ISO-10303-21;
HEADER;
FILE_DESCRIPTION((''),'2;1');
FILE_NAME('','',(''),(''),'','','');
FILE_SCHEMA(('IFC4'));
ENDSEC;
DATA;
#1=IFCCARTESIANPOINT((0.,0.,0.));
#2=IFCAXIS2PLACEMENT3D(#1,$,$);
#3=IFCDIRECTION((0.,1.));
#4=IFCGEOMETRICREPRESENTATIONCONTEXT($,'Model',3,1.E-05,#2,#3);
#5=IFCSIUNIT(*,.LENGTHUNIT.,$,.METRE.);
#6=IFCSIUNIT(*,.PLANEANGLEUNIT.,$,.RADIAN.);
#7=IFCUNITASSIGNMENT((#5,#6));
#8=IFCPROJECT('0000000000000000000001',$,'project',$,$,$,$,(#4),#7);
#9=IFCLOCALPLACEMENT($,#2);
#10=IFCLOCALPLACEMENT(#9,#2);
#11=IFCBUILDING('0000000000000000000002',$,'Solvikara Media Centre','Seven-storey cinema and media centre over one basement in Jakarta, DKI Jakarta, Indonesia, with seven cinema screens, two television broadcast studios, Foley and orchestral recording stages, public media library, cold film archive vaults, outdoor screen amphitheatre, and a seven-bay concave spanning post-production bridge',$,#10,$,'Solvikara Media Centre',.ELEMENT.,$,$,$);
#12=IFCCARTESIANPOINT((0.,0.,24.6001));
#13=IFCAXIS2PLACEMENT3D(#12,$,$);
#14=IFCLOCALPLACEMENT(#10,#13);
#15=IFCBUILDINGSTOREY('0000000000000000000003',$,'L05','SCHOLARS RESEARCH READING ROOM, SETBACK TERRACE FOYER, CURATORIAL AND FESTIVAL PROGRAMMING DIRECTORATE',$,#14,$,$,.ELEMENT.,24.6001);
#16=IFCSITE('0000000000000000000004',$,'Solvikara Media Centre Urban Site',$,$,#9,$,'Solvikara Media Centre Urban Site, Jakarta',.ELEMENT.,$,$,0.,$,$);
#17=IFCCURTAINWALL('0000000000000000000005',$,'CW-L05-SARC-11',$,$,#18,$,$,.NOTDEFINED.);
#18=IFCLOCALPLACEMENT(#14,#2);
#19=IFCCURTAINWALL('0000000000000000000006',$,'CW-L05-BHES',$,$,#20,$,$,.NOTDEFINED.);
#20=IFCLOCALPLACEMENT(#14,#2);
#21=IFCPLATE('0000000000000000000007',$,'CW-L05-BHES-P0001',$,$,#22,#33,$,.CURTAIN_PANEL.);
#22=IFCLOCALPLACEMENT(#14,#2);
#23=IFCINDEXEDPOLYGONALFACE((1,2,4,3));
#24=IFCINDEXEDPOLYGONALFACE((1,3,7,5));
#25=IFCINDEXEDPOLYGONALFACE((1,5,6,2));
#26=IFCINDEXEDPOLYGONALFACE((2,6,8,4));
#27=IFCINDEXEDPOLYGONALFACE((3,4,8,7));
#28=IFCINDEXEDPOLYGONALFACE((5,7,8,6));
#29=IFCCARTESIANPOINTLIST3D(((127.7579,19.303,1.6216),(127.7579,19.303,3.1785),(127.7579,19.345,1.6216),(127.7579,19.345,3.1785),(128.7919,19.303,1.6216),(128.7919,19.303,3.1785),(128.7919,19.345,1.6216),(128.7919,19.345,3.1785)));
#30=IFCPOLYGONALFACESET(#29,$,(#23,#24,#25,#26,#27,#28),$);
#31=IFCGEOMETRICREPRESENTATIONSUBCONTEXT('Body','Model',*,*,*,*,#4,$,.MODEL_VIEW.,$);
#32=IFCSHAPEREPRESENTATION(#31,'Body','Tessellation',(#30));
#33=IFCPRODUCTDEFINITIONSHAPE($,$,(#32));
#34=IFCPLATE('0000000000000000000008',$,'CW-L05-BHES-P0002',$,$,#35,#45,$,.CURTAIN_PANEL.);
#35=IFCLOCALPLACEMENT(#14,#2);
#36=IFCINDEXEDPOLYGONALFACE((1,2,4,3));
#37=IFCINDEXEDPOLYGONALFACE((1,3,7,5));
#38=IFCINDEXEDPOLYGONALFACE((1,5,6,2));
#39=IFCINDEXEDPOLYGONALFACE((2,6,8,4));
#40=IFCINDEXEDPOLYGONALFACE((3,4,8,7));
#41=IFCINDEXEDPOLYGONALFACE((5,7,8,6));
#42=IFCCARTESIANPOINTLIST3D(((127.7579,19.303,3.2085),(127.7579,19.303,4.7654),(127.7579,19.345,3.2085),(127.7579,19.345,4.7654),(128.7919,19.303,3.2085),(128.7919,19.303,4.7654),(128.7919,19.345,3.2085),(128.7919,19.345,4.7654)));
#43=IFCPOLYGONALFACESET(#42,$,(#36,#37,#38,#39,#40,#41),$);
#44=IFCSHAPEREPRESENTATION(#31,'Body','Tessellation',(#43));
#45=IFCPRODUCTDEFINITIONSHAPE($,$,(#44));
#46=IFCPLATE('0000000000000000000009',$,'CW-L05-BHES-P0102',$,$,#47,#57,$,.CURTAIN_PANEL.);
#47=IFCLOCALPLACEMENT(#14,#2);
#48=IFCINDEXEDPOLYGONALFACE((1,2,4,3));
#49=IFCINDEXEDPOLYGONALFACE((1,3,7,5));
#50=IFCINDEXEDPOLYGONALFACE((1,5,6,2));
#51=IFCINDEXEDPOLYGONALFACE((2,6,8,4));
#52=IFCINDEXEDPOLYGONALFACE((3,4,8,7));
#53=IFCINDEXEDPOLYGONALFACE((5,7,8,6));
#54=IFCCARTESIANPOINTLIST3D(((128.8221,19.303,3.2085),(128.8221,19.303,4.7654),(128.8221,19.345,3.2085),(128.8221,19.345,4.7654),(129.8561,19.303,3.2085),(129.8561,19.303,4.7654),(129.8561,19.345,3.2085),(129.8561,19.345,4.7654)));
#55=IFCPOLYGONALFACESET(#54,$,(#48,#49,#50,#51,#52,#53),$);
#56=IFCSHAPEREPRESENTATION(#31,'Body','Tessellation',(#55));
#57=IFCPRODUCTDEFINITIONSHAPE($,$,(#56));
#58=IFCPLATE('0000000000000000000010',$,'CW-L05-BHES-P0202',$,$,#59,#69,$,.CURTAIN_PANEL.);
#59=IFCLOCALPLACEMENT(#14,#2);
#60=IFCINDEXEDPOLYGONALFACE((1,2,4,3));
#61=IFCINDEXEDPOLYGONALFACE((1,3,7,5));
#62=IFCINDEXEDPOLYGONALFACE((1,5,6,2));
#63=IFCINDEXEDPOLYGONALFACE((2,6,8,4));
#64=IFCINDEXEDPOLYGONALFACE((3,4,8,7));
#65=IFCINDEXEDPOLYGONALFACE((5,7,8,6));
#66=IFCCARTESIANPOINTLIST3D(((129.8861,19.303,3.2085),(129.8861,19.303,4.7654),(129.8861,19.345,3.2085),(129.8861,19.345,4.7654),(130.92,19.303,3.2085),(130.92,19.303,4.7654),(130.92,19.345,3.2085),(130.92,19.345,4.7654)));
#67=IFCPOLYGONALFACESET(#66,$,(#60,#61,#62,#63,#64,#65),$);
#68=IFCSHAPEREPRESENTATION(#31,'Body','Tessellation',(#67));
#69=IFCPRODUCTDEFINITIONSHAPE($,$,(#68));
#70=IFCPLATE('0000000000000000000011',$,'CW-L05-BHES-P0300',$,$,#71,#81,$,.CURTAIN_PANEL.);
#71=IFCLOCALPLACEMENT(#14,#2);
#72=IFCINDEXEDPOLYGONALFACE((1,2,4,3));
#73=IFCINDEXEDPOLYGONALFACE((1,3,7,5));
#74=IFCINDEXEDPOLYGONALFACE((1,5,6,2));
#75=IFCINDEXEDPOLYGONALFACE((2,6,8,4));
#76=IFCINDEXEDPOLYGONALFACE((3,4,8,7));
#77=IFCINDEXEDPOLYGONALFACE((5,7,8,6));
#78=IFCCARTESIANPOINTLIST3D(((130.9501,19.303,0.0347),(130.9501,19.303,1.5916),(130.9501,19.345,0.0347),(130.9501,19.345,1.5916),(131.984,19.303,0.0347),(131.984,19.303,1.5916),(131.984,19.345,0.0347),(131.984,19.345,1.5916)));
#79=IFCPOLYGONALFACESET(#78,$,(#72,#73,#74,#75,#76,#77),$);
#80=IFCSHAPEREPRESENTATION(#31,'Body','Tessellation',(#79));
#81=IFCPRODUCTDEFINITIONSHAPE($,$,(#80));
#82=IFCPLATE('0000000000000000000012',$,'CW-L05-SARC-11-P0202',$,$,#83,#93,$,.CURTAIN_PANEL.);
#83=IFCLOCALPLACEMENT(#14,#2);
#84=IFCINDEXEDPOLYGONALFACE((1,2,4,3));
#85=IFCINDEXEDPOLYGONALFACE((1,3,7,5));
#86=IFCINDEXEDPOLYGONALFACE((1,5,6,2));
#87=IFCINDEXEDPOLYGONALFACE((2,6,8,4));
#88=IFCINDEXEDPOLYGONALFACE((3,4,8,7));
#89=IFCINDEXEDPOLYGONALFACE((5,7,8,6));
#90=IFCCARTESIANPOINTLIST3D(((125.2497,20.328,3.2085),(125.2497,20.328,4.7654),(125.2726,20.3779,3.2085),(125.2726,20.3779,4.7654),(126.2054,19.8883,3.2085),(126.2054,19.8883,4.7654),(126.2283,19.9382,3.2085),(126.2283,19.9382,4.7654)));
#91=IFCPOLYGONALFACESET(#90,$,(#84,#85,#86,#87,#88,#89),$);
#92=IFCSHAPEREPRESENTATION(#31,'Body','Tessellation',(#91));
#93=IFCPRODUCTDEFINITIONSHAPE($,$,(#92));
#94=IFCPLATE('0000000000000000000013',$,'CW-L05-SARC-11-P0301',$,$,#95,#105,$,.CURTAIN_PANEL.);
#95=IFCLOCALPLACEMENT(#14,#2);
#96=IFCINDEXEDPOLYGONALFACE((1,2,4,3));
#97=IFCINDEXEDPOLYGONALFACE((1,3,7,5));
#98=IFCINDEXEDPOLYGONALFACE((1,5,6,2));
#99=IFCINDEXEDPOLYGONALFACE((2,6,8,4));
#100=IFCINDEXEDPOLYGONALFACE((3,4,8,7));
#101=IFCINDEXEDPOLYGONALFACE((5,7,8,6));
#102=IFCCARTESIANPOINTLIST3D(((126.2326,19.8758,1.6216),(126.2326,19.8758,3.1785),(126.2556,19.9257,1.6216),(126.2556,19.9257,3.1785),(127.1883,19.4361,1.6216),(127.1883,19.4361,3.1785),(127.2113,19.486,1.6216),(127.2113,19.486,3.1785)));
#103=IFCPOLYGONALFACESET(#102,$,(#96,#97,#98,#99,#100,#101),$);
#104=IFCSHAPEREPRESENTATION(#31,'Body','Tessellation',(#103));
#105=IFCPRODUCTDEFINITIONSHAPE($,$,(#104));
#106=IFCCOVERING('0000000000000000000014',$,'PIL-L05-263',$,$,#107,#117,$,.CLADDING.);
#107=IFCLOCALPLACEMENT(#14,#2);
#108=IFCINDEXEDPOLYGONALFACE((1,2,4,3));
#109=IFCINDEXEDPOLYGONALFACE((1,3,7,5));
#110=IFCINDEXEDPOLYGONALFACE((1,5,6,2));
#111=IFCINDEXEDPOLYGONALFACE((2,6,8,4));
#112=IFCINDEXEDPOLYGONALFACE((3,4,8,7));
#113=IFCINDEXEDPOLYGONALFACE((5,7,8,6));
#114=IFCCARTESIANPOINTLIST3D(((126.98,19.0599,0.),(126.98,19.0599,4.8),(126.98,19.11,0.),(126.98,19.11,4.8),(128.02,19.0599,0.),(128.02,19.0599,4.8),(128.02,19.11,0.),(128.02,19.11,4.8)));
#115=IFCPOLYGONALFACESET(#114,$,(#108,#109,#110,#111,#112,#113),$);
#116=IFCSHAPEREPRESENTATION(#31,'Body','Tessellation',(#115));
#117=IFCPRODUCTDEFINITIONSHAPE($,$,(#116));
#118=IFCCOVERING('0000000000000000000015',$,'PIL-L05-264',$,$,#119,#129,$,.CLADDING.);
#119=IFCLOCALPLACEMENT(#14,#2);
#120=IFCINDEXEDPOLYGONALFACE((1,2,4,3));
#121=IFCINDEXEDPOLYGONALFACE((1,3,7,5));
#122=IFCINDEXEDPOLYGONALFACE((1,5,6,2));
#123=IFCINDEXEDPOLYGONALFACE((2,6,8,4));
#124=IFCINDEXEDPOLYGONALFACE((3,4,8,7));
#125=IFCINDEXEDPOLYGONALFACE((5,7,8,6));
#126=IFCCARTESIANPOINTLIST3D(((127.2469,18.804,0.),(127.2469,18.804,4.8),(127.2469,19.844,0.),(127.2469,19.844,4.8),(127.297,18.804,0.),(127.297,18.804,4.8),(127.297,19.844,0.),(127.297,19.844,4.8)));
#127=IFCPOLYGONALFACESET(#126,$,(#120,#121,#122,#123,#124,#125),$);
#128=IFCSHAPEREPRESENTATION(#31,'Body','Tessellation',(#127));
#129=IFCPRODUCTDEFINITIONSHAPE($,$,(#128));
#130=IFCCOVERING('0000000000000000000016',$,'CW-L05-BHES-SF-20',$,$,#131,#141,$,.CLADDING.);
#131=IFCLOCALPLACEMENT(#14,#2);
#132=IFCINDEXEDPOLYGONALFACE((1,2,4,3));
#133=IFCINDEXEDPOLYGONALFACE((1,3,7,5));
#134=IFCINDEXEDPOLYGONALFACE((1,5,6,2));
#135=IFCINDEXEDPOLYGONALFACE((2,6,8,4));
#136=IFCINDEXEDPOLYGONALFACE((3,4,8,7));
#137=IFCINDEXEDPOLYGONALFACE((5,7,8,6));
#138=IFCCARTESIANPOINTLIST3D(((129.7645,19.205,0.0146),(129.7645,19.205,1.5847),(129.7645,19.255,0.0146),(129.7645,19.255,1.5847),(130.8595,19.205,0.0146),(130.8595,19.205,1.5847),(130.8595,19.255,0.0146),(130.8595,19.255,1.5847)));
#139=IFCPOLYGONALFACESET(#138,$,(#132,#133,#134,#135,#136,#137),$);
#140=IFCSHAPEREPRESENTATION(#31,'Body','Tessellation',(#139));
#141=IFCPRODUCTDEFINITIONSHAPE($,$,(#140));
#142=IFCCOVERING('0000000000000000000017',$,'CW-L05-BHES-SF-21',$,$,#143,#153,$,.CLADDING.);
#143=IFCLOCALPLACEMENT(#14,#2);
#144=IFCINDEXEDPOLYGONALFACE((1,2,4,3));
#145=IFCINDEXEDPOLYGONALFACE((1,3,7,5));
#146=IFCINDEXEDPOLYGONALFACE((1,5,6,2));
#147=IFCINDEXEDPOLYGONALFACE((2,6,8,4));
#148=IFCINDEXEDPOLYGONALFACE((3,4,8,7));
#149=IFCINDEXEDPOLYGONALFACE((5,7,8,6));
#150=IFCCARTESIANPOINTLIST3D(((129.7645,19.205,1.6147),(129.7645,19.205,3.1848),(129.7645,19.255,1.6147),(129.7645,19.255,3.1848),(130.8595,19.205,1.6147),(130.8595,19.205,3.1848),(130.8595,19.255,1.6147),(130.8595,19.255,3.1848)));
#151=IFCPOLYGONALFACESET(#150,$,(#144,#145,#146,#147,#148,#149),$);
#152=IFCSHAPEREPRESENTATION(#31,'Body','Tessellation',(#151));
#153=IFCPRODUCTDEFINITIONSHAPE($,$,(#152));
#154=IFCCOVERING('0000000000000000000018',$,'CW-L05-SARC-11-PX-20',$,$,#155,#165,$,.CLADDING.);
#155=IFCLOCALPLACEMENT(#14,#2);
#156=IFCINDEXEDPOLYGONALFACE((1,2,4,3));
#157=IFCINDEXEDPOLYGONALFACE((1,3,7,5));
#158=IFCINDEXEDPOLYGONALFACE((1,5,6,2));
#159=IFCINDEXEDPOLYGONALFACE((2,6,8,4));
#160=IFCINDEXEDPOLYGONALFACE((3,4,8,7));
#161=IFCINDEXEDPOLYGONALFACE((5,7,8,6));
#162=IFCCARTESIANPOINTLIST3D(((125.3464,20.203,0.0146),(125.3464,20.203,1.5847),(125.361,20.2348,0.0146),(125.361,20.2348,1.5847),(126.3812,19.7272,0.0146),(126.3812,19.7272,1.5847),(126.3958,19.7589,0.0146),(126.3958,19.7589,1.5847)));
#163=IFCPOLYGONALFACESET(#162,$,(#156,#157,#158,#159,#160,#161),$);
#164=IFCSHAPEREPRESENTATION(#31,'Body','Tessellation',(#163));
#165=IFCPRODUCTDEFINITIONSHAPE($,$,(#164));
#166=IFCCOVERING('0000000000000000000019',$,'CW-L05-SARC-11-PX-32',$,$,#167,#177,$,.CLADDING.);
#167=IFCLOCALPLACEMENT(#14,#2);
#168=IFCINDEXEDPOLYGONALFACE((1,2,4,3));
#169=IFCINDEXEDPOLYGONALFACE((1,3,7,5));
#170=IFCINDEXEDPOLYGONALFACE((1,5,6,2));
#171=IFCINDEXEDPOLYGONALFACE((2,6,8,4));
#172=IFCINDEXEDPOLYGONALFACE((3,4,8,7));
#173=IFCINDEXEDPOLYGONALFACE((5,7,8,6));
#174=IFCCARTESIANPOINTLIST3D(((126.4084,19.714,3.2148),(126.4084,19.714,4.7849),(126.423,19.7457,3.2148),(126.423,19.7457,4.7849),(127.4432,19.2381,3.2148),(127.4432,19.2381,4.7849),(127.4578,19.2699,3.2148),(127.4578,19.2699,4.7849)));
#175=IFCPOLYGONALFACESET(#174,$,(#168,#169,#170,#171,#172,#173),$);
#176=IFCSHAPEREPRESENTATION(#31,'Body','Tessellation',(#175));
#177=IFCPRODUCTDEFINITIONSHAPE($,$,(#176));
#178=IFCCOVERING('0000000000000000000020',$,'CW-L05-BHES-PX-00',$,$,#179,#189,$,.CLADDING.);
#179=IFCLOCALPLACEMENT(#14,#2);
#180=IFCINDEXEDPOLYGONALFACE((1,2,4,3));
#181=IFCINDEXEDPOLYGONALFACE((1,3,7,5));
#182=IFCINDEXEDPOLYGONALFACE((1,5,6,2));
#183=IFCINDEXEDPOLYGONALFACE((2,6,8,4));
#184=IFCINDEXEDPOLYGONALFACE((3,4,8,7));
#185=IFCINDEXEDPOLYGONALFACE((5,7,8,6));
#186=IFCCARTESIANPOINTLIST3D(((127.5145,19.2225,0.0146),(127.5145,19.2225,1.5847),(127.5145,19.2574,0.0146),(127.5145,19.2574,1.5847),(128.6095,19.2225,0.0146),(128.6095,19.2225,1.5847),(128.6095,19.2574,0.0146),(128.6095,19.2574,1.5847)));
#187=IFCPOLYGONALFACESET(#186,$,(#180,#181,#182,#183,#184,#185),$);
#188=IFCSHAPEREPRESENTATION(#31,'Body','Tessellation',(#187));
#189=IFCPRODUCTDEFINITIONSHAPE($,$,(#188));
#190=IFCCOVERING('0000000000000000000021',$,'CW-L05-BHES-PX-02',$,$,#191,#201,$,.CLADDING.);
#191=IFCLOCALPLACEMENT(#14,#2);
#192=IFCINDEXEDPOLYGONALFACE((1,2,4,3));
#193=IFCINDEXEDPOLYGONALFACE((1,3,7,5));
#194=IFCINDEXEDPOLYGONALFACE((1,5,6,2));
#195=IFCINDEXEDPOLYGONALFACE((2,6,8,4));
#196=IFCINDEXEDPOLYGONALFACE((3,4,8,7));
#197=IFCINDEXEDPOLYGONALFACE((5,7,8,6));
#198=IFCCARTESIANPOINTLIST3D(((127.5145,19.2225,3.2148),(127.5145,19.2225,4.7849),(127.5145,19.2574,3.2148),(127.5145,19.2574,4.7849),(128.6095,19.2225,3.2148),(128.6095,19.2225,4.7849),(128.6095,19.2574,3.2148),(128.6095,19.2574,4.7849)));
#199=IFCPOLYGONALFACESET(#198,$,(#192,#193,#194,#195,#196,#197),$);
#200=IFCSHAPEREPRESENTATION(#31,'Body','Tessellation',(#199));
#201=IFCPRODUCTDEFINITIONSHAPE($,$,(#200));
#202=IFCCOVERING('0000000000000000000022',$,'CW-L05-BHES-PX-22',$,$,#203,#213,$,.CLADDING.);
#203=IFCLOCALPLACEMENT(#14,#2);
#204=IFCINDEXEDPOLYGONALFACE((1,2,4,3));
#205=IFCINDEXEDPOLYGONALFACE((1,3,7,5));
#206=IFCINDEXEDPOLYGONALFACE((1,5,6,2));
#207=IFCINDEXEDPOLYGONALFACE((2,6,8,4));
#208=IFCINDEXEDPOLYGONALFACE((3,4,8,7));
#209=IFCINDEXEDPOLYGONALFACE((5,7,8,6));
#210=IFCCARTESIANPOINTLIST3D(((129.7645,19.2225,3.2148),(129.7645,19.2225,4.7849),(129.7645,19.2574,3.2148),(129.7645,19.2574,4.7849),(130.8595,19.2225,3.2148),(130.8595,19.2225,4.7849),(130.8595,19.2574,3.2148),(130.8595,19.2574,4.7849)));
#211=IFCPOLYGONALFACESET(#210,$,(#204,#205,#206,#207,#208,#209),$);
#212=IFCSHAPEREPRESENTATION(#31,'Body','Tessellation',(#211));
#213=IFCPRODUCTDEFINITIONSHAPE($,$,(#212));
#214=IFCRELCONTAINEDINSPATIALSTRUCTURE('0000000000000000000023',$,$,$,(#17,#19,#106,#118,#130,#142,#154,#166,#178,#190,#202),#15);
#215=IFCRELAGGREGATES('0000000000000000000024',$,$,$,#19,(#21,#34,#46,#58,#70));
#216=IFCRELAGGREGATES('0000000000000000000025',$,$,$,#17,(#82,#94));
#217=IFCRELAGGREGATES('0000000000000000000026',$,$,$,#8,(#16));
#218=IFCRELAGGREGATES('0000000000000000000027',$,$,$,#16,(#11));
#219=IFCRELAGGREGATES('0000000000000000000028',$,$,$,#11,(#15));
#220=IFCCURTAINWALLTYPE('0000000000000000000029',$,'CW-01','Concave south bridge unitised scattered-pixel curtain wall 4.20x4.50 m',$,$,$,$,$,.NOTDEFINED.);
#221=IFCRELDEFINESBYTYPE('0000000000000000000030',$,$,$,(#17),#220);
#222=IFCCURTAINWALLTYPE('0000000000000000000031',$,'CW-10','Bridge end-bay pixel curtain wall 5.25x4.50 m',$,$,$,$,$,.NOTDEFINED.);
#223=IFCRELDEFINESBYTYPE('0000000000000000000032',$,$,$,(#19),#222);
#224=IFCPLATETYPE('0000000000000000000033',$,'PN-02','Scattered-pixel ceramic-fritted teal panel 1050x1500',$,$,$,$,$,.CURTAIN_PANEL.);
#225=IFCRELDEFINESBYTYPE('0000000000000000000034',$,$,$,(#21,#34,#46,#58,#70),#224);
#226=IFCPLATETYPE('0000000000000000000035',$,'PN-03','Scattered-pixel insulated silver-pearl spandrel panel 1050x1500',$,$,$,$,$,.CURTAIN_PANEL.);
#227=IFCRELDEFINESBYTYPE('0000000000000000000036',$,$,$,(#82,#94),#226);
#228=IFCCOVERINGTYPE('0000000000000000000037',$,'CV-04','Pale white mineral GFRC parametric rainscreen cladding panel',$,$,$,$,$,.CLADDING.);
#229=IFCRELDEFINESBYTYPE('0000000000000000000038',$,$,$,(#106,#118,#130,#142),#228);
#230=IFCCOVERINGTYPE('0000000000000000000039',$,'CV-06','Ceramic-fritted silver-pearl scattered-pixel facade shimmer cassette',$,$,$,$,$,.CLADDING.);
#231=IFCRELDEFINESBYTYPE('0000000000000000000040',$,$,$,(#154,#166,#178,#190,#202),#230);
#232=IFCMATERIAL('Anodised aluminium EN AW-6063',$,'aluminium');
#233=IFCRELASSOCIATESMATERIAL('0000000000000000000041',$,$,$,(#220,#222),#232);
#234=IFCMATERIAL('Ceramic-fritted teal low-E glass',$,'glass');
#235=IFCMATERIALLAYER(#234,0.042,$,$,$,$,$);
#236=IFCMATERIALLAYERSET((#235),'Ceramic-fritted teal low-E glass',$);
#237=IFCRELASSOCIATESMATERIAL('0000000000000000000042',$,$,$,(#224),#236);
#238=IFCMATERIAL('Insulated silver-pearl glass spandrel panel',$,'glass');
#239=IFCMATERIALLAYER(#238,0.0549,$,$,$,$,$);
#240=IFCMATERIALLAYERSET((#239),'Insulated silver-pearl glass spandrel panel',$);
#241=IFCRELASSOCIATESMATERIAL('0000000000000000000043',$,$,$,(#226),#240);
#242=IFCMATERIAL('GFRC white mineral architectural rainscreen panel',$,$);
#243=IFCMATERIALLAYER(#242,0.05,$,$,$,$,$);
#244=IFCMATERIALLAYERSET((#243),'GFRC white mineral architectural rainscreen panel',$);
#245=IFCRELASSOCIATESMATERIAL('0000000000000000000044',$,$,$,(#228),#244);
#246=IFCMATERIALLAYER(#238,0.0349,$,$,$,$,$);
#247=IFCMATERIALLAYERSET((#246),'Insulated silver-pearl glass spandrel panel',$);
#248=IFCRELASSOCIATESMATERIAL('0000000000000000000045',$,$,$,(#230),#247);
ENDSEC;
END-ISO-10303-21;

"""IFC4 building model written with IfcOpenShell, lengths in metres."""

from ifc_helpers import new_model, si_unit, direction, frame, origin, origin_2d, place, context, subcontext, project, spatial, rectangle, extrude, material, layer, layer_set, type_object, element, aggregate, save


model = new_model("IFC4")

# Units and contexts
model_context = context("Model", 3, precision=1e-05, world=origin(), true_north=direction((0.0, 1.0)))
body_context = subcontext(model_context, "Body", "Model", "MODEL_VIEW")
ifc_project = project(units=[si_unit("LENGTHUNIT", "METRE"), si_unit("PLANEANGLEUNIT", "RADIAN")], contexts=[model_context])

# Site, building, storey
site_placement = place(None, origin())
site = spatial("IfcSite", under=ifc_project, at=site_placement, Name="Solvikara Media Centre Urban Site", LongName="Solvikara Media Centre Urban Site, Jakarta", CompositionType="ELEMENT", RefElevation=0.0)
building_placement = place(site_placement, origin())
building = spatial("IfcBuilding", under=site, at=building_placement, Name="Solvikara Media Centre", Description="Seven-storey cinema and media centre over one basement in Jakarta, DKI Jakarta, Indonesia, with seven cinema screens, two television broadcast studios, Foley and orchestral recording stages, public media library, cold film archive vaults, outdoor screen amphitheatre, and a seven-bay concave spanning post-production bridge", LongName="Solvikara Media Centre", CompositionType="ELEMENT")
storey_placement = place(building_placement, frame((0.0, 0.0, 24.6001)))
storey = spatial("IfcBuildingStorey", under=building, at=storey_placement, Name="L05", Description="SCHOLARS RESEARCH READING ROOM, SETBACK TERRACE FOYER, CURATORIAL AND FESTIVAL PROGRAMMING DIRECTORATE", CompositionType="ELEMENT", Elevation=24.6001)

# Curtain walls
ifc_material_1 = material(Name="Anodised aluminium EN AW-6063", Category="aluminium")
curtain_wall_type_1 = type_object("IfcCurtainWallType", Name="CW-01", Description="Concave south bridge unitised scattered-pixel curtain wall 4.20x4.50 m", PredefinedType="NOTDEFINED", material=ifc_material_1)
curtain_wall_1_placement = place(storey_placement, origin())
curtain_wall_1 = element("IfcCurtainWall", 1, at=curtain_wall_1_placement, inside=storey, type_object=curtain_wall_type_1, Name="CW-L05-SARC-11", PredefinedType="NOTDEFINED")
curtain_wall_type_2 = type_object("IfcCurtainWallType", Name="CW-10", Description="Bridge end-bay pixel curtain wall 5.25x4.50 m", PredefinedType="NOTDEFINED", material=ifc_material_1)
curtain_wall_2_placement = place(storey_placement, origin())
curtain_wall_2 = element("IfcCurtainWall", 2, at=curtain_wall_2_placement, inside=storey, type_object=curtain_wall_type_2, Name="CW-L05-BHES", PredefinedType="NOTDEFINED")

# Plates
ifc_material_2 = material(Name="Ceramic-fritted teal low-E glass", Category="glass")
ifc_layer_1 = layer(ifc_material_2, 0.042)
ifc_layer_set_1 = layer_set([ifc_layer_1], Name="Ceramic-fritted teal low-E glass")
plate_type_1 = type_object("IfcPlateType", Name="PN-02", Description="Scattered-pixel ceramic-fritted teal panel 1050x1500", PredefinedType="CURTAIN_PANEL", material=ifc_layer_set_1)
plate_1_placement = place(storey_placement, frame((128.2749, 19.324, 1.6216), z_axis=(0.0, 0.0, 1.0), x_axis=(1.0, 0.0, 0.0)))
plate_1 = element("IfcPlate", 3, at=plate_1_placement, type_object=plate_type_1, Name="CW-L05-BHES-P0001", PredefinedType="CURTAIN_PANEL", context=body_context, shape_type="SweptSolid", body=[
    extrude(rectangle(XDim=1.0339, YDim=0.042, at=origin_2d()), origin(), (0.0, 0.0, 1.0), 1.5569),
])
plate_2_placement = place(storey_placement, frame((128.2749, 19.324, 3.2085), z_axis=(0.0, 0.0, 1.0), x_axis=(1.0, 0.0, 0.0)))
plate_2 = element("IfcPlate", 4, at=plate_2_placement, type_object=plate_type_1, Name="CW-L05-BHES-P0002", PredefinedType="CURTAIN_PANEL", context=body_context, shape_type="SweptSolid", body=[
    extrude(rectangle(XDim=1.0339, YDim=0.042, at=origin_2d()), origin(), (0.0, 0.0, 1.0), 1.5569),
])
plate_3_placement = place(storey_placement, frame((129.3391, 19.324, 3.2085), z_axis=(0.0, 0.0, 1.0), x_axis=(1.0, 0.0, 0.0)))
plate_3 = element("IfcPlate", 5, at=plate_3_placement, type_object=plate_type_1, Name="CW-L05-BHES-P0102", PredefinedType="CURTAIN_PANEL", context=body_context, shape_type="SweptSolid", body=[
    extrude(rectangle(XDim=1.0339, YDim=0.042, at=origin_2d()), origin(), (0.0, 0.0, 1.0), 1.5569),
])
plate_4_placement = place(storey_placement, frame((130.4031, 19.324, 3.2085), z_axis=(0.0, 0.0, 1.0), x_axis=(1.0, 0.0, 0.0)))
plate_4 = element("IfcPlate", 6, at=plate_4_placement, type_object=plate_type_1, Name="CW-L05-BHES-P0202", PredefinedType="CURTAIN_PANEL", context=body_context, shape_type="SweptSolid", body=[
    extrude(rectangle(XDim=1.0339, YDim=0.042, at=origin_2d()), origin(), (0.0, 0.0, 1.0), 1.5569),
])
plate_5_placement = place(storey_placement, frame((131.467, 19.324, 0.0347), z_axis=(0.0, 0.0, 1.0), x_axis=(1.0, 0.0, 0.0)))
plate_5 = element("IfcPlate", 7, at=plate_5_placement, type_object=plate_type_1, Name="CW-L05-BHES-P0300", PredefinedType="CURTAIN_PANEL", context=body_context, shape_type="SweptSolid", body=[
    extrude(rectangle(XDim=1.0339, YDim=0.042, at=origin_2d()), origin(), (0.0, 0.0, 1.0), 1.5569),
])
aggregate(curtain_wall_2, [plate_1, plate_2, plate_3, plate_4, plate_5])
ifc_material_3 = material(Name="Insulated silver-pearl glass spandrel panel", Category="glass")
ifc_layer_2 = layer(ifc_material_3, 0.0549)
ifc_layer_set_2 = layer_set([ifc_layer_2], Name="Insulated silver-pearl glass spandrel panel")
plate_type_2 = type_object("IfcPlateType", Name="PN-03", Description="Scattered-pixel insulated silver-pearl spandrel panel 1050x1500", PredefinedType="CURTAIN_PANEL", material=ifc_layer_set_2)
plate_6_placement = place(storey_placement, frame((125.739, 20.1331, 3.2085), z_axis=(0.0, 0.0, 1.0), x_axis=(0.908464, -0.417962, 0.0)))
plate_6 = element("IfcPlate", 8, at=plate_6_placement, type_object=plate_type_2, Name="CW-L05-SARC-11-P0202", PredefinedType="CURTAIN_PANEL", context=body_context, shape_type="SweptSolid", body=[
    extrude(rectangle(XDim=1.052, YDim=0.0549, at=origin_2d()), origin(), (0.0, 0.0, 1.0), 1.5569),
])
plate_7_placement = place(storey_placement, frame((126.7219, 19.6809, 1.6216), z_axis=(0.0, 0.0, 1.0), x_axis=(0.908464, -0.417962, 0.0)))
plate_7 = element("IfcPlate", 9, at=plate_7_placement, type_object=plate_type_2, Name="CW-L05-SARC-11-P0301", PredefinedType="CURTAIN_PANEL", context=body_context, shape_type="SweptSolid", body=[
    extrude(rectangle(XDim=1.052, YDim=0.0549, at=origin_2d()), origin(), (0.0, 0.0, 1.0), 1.5569),
])
aggregate(curtain_wall_1, [plate_6, plate_7])

# Coverings
ifc_material_4 = material(Name="GFRC white mineral architectural rainscreen panel")
ifc_layer_3 = layer(ifc_material_4, 0.05)
ifc_layer_set_3 = layer_set([ifc_layer_3], Name="GFRC white mineral architectural rainscreen panel")
covering_type_1 = type_object("IfcCoveringType", Name="CV-04", Description="Pale white mineral GFRC parametric rainscreen cladding panel", PredefinedType="CLADDING", material=ifc_layer_set_3)
for number, where, z_axis, x_axis, name in (
    (10, (127.5, 19.085, 0.0), (0.0, 0.0, 1.0), (1.0, 0.0, 0.0), "PIL-L05-263"),
    (11, (127.272, 19.324, 0.0), (0.0, 0.0, 1.0), (0.0, -1.0, 0.0), "PIL-L05-264"),
):
    element("IfcCovering", number, at=place(storey_placement, frame(where, z_axis=z_axis, x_axis=x_axis)), inside=storey, type_object=covering_type_1, Name=name, PredefinedType="CLADDING", context=body_context, shape_type="SweptSolid", body=[
        extrude(rectangle(XDim=1.04, YDim=0.05, at=origin_2d()), origin(), (0.0, 0.0, 1.0), 4.8),
    ])
for number, where, z_axis, x_axis, name in (
    (12, (130.312, 19.23, 0.0146), (0.0, 0.0, 1.0), (1.0, 0.0, 0.0), "CW-L05-BHES-SF-20"),
    (13, (130.312, 19.23, 1.6147), (0.0, 0.0, 1.0), (1.0, 0.0, 0.0), "CW-L05-BHES-SF-21"),
):
    element("IfcCovering", number, at=place(storey_placement, frame(where, z_axis=z_axis, x_axis=x_axis)), inside=storey, type_object=covering_type_1, Name=name, PredefinedType="CLADDING", context=body_context, shape_type="SweptSolid", body=[
        extrude(rectangle(XDim=1.095, YDim=0.05, at=origin_2d()), origin(), (0.0, 0.0, 1.0), 1.5701),
    ])
ifc_layer_4 = layer(ifc_material_3, 0.0349)
ifc_layer_set_4 = layer_set([ifc_layer_4], Name="Insulated silver-pearl glass spandrel panel")
covering_type_2 = type_object("IfcCoveringType", Name="CV-06", Description="Ceramic-fritted silver-pearl scattered-pixel facade shimmer cassette", PredefinedType="CLADDING", material=ifc_layer_set_4)
for number, where, z_axis, x_axis, name in (
    (14, (125.8711, 19.981, 0.0146), (0.0, 0.0, 1.0), (0.908523, -0.417835, 0.0), "CW-L05-SARC-11-PX-20"),
    (15, (126.9331, 19.4919, 3.2148), (0.0, 0.0, 1.0), (0.908523, -0.417835, 0.0), "CW-L05-SARC-11-PX-32"),
):
    element("IfcCovering", number, at=place(storey_placement, frame(where, z_axis=z_axis, x_axis=x_axis)), inside=storey, type_object=covering_type_2, Name=name, PredefinedType="CLADDING", context=body_context, shape_type="SweptSolid", body=[
        extrude(rectangle(XDim=1.1389, YDim=0.0349, at=origin_2d()), origin(), (0.0, 0.0, 1.0), 1.5701),
    ])
for number, where, z_axis, x_axis, name in (
    (16, (128.062, 19.24, 0.0146), (0.0, 0.0, 1.0), (1.0, 0.0, 0.0), "CW-L05-BHES-PX-00"),
    (17, (128.062, 19.24, 3.2148), (0.0, 0.0, 1.0), (1.0, 0.0, 0.0), "CW-L05-BHES-PX-02"),
    (18, (130.312, 19.24, 3.2148), (0.0, 0.0, 1.0), (1.0, 0.0, 0.0), "CW-L05-BHES-PX-22"),
):
    element("IfcCovering", number, at=place(storey_placement, frame(where, z_axis=z_axis, x_axis=x_axis)), inside=storey, type_object=covering_type_2, Name=name, PredefinedType="CLADDING", context=body_context, shape_type="SweptSolid", body=[
        extrude(rectangle(XDim=1.095, YDim=0.0349, at=origin_2d()), origin(), (0.0, 0.0, 1.0), 1.5701),
    ])

save(model, "model.ifc")
